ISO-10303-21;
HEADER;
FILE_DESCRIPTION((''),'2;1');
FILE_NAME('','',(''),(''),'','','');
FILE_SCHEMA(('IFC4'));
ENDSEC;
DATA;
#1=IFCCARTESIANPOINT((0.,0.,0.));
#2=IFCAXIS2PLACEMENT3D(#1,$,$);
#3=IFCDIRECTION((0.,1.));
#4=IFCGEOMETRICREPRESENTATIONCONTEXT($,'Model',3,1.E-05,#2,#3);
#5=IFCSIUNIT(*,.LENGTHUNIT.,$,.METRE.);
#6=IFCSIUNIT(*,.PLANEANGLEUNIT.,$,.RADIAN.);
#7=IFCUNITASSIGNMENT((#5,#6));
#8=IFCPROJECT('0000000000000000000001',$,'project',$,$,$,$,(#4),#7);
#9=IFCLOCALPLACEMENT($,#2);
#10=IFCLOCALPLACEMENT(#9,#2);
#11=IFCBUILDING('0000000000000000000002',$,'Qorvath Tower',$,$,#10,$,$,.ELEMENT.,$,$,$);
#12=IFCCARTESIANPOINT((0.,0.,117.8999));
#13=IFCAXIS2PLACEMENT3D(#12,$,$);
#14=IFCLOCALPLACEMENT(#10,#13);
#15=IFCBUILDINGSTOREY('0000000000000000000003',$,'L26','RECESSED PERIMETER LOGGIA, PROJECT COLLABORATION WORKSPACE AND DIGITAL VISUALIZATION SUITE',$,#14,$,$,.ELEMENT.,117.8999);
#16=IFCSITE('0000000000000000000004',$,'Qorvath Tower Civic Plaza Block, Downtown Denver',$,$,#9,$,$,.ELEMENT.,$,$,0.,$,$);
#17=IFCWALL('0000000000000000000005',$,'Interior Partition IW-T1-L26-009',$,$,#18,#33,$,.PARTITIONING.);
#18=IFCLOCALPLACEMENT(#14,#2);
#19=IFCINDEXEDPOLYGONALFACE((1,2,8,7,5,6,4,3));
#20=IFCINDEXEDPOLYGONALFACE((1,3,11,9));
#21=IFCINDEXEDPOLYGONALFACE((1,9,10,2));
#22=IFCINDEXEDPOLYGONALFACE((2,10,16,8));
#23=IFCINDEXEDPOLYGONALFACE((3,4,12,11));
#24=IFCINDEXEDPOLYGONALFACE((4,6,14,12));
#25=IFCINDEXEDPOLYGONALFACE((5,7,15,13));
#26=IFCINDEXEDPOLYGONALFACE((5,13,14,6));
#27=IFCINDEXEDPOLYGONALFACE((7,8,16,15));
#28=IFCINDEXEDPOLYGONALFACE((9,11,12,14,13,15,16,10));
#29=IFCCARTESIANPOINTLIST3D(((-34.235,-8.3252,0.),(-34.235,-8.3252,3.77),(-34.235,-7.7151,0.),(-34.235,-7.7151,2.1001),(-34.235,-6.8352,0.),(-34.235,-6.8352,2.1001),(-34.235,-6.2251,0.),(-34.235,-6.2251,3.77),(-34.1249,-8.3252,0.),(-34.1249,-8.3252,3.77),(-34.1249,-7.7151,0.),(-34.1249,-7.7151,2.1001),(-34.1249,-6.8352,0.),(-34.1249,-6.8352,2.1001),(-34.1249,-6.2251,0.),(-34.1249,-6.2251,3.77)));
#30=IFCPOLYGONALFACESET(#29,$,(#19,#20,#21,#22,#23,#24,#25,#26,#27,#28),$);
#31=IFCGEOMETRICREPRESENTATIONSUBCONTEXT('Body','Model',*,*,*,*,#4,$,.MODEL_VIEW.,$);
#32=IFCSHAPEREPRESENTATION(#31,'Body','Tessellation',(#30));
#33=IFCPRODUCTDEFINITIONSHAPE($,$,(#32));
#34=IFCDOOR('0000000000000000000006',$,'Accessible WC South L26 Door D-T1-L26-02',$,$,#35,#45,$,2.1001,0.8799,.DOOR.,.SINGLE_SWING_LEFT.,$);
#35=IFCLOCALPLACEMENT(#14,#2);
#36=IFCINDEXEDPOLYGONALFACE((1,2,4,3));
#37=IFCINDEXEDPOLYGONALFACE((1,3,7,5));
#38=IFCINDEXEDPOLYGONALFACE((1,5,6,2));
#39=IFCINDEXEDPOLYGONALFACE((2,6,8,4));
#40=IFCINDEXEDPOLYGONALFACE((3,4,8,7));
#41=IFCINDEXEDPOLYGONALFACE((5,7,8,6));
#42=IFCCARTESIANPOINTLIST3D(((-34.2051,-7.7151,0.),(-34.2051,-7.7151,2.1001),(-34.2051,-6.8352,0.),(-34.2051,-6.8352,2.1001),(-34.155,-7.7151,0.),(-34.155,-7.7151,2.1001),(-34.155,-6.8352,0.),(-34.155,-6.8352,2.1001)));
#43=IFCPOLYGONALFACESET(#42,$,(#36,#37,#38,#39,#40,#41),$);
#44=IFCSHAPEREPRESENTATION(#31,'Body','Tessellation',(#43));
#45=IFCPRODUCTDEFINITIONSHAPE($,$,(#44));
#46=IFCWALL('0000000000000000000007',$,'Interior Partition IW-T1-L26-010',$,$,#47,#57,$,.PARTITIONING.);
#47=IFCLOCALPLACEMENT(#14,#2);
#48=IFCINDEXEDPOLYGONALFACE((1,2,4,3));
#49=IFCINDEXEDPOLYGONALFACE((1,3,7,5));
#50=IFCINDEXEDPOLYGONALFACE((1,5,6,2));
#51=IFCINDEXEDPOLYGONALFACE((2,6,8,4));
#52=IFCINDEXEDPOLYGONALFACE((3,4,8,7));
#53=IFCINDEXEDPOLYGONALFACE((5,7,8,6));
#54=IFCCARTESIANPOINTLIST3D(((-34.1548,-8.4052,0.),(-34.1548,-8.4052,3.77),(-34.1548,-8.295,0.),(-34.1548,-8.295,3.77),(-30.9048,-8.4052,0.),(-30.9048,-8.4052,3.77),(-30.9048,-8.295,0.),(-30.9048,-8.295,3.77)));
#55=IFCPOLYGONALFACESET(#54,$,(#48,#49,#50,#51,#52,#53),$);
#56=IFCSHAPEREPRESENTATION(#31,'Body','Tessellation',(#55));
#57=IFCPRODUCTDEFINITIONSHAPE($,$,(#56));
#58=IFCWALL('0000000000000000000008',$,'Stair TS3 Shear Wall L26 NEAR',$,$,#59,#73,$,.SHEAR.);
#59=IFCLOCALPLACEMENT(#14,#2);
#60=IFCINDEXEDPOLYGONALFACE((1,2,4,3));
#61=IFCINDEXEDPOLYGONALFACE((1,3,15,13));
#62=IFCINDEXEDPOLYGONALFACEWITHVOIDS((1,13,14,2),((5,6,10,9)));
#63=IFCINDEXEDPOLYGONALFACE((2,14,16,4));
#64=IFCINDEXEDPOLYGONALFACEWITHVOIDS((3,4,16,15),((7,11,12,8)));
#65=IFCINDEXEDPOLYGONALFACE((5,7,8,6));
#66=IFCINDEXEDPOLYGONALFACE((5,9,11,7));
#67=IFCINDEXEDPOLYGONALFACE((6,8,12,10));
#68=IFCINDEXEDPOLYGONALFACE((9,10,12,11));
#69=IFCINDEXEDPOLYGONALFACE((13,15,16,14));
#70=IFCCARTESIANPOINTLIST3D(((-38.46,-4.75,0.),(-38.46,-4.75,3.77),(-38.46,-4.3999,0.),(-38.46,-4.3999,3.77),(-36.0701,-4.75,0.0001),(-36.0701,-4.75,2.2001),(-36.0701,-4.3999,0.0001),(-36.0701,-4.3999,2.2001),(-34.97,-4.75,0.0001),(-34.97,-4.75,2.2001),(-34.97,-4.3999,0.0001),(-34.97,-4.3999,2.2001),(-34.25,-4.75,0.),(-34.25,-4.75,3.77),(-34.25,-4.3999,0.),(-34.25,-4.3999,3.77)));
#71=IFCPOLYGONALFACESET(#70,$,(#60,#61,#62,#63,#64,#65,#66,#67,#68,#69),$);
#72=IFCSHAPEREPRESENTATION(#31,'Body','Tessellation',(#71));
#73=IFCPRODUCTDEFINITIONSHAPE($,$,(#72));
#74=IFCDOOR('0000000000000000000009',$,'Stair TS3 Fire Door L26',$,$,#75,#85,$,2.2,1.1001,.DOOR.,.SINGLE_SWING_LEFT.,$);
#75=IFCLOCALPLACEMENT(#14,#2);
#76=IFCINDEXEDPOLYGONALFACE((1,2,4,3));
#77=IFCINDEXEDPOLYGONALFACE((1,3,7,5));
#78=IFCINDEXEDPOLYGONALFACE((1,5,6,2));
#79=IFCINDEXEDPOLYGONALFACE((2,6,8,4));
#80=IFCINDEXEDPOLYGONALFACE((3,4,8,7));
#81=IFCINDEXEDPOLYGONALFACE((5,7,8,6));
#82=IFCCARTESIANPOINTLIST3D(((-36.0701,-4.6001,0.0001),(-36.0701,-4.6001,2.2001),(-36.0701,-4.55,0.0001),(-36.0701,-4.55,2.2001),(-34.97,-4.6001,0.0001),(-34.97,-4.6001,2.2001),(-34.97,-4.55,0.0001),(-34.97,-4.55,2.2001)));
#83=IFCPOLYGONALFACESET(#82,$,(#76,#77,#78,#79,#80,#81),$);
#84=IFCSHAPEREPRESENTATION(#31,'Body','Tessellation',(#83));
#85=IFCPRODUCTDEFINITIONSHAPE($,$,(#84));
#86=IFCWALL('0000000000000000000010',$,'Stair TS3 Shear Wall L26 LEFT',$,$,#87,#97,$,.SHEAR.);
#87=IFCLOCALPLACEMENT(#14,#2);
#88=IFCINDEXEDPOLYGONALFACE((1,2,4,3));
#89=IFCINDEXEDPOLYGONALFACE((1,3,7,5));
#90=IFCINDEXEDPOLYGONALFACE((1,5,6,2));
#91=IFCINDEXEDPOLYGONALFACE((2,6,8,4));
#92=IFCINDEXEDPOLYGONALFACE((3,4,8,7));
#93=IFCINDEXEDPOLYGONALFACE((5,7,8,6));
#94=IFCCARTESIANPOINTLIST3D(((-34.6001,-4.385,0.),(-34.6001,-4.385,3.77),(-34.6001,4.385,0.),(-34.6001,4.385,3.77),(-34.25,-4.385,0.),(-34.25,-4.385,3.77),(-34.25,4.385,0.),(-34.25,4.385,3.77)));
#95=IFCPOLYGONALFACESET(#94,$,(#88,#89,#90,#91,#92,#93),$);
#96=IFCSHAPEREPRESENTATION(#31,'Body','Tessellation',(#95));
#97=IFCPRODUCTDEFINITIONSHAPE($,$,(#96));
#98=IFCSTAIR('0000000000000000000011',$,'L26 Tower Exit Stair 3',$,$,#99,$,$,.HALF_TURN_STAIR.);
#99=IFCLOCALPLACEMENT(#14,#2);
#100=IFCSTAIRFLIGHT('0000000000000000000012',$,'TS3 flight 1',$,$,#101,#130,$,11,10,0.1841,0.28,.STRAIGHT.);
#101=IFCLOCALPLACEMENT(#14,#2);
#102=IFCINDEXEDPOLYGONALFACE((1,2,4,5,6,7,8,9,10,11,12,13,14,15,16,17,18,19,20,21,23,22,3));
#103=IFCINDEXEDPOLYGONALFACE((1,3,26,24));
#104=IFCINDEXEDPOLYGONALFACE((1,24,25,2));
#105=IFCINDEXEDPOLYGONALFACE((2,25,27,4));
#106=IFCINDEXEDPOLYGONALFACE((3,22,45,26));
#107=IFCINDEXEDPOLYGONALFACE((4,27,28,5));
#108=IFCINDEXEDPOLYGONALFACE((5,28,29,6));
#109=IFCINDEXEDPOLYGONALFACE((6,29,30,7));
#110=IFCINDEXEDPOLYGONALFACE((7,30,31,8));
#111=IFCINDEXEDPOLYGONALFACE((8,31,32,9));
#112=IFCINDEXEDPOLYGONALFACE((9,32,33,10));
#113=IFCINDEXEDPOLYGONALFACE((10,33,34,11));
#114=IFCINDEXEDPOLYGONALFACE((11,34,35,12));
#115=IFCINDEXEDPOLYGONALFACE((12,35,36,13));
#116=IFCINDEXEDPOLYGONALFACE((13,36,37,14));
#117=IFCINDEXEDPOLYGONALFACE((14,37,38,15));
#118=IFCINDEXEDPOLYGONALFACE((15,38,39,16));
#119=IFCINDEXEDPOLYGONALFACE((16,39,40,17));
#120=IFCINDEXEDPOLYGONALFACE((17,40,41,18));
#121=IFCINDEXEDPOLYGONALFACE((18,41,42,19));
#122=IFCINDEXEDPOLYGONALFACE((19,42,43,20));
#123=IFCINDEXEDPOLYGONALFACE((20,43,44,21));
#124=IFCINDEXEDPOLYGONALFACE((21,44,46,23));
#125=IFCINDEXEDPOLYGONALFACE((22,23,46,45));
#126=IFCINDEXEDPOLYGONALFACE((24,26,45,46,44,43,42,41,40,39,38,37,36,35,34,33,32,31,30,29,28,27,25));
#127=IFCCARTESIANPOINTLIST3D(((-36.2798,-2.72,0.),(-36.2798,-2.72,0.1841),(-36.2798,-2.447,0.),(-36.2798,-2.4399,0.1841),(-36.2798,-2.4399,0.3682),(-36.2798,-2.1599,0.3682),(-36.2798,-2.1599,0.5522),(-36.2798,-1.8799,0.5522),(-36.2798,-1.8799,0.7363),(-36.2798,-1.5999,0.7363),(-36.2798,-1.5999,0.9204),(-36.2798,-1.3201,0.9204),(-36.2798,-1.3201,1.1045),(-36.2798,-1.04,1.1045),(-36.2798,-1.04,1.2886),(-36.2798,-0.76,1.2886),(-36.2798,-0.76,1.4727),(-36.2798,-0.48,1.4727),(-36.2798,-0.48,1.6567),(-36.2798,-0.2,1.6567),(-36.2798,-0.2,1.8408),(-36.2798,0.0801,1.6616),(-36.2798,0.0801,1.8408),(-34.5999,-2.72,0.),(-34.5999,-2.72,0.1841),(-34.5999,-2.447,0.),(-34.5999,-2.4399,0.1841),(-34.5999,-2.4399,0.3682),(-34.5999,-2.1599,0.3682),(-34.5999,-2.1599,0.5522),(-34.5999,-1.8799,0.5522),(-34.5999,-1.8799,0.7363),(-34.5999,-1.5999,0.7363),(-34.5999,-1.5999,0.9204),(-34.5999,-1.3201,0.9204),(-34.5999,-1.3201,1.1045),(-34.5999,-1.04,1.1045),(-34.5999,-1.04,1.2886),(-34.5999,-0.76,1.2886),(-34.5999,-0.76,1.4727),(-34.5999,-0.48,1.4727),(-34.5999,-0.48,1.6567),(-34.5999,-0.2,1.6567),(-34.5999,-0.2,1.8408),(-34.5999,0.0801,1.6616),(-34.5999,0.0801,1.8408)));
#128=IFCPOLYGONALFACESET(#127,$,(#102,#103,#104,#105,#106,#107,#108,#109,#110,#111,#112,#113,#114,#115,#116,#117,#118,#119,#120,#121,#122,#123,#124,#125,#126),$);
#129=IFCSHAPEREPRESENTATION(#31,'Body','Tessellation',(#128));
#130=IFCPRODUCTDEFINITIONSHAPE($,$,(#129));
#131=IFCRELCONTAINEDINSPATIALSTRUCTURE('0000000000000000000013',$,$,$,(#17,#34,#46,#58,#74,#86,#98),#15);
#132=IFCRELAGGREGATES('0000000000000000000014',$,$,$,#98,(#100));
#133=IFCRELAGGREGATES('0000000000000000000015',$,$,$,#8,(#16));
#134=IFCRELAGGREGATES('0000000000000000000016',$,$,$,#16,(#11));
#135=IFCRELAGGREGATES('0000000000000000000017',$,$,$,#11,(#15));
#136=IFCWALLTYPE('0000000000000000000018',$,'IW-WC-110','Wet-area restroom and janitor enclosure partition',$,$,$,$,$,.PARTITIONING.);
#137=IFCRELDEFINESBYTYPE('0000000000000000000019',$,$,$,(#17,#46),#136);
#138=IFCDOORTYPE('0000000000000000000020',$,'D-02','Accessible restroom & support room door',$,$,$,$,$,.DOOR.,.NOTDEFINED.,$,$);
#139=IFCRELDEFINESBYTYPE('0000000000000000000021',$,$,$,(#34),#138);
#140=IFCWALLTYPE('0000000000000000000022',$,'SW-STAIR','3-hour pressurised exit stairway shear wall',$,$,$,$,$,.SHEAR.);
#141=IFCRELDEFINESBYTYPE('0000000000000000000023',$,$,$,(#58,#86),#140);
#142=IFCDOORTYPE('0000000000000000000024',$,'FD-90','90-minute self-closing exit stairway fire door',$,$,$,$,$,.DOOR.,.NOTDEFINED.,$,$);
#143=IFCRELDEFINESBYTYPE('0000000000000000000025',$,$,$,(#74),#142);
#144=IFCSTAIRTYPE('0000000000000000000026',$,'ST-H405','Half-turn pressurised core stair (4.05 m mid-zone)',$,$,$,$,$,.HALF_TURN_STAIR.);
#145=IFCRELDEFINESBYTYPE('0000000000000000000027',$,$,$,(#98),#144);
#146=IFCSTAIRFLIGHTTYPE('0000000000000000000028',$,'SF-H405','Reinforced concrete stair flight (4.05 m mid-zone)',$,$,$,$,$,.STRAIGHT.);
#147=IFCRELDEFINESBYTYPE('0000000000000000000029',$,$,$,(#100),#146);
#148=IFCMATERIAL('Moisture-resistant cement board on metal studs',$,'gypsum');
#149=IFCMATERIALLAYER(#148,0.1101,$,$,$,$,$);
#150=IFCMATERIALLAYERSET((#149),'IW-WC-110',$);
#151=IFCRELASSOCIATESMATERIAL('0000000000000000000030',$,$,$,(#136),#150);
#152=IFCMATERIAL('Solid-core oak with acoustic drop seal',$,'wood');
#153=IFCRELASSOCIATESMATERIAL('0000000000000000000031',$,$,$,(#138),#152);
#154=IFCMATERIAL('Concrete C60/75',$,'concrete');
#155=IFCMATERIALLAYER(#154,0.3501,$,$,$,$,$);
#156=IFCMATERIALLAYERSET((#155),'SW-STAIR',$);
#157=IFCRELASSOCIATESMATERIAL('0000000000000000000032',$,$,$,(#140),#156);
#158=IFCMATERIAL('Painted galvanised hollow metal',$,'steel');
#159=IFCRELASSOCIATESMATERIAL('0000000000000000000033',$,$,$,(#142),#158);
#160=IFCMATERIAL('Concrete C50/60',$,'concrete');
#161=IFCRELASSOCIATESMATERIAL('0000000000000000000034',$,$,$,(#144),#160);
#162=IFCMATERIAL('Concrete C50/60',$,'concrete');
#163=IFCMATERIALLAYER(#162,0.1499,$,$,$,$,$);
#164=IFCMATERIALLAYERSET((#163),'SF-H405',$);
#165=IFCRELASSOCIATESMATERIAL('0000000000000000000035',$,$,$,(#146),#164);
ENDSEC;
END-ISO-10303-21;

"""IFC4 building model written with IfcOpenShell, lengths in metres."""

from ifc_helpers import new_model, si_unit, direction, frame, frame_2d, origin, place, context, subcontext, project, spatial, polyline, rectangle, outline, extrude, material, layer, layer_set, type_object, element, fill, aggregate, save


model = new_model("IFC4")

# Units and contexts
model_context = context("Model", 3, precision=1e-05, world=origin(), true_north=direction((0.0, 1.0)))
body_context = subcontext(model_context, "Body", "Model", "MODEL_VIEW")
ifc_project = project(units=[si_unit("LENGTHUNIT", "METRE"), si_unit("PLANEANGLEUNIT", "RADIAN")], contexts=[model_context])

# Site, building, storey
site_placement = place(None, origin())
site = spatial("IfcSite", under=ifc_project, at=site_placement, Name="Qorvath Tower Civic Plaza Block, Downtown Denver", CompositionType="ELEMENT", RefElevation=0.0)
building_placement = place(site_placement, origin())
building = spatial("IfcBuilding", under=site, at=building_placement, Name="Qorvath Tower", CompositionType="ELEMENT")
storey_placement = place(building_placement, frame((0.0, 0.0, 117.8999)))
storey = spatial("IfcBuildingStorey", under=building, at=storey_placement, Name="L26", Description="RECESSED PERIMETER LOGGIA, PROJECT COLLABORATION WORKSPACE AND DIGITAL VISUALIZATION SUITE", CompositionType="ELEMENT", Elevation=117.8999)

# Wall, opening, door
ifc_material_1 = material(Name="Moisture-resistant cement board on metal studs", Category="gypsum")
ifc_layer_1 = layer(ifc_material_1, 0.1101)
ifc_layer_set_1 = layer_set([ifc_layer_1], Name="IW-WC-110")
wall_type_1 = type_object("IfcWallType", Name="IW-WC-110", Description="Wet-area restroom and janitor enclosure partition", PredefinedType="PARTITIONING", material=ifc_layer_set_1)
wall_1_placement = place(storey_placement, frame((-34.1799, -6.2251, 0.0), z_axis=(0.0, 0.0, 1.0), x_axis=(0.0, -1.0, 0.0)))
wall_1 = element("IfcWall", 1, at=wall_1_placement, inside=storey, type_object=wall_type_1, Name="Interior Partition IW-T1-L26-009", PredefinedType="PARTITIONING", context=body_context, shape_type="SweptSolid", body=[
    extrude(rectangle(XDim=2.1001, YDim=0.1101, at=frame_2d((1.05, 0.0))), origin(), (0.0, 0.0, 1.0), 3.77),
])
opening_1_placement = place(wall_1_placement, frame((0.6101, 0.0, 0.0)))
opening_1 = element("IfcOpeningElement", 2, at=opening_1_placement, cuts=wall_1, PredefinedType="OPENING", context=body_context, shape_type="SweptSolid", body=[
    extrude(rectangle(XDim=0.8799, YDim=2.1001, at=frame_2d((0.4399, 1.05))), frame((0.0, 0.0649, 0.0), z_axis=(0.0, -1.0, 0.0), x_axis=(1.0, 0.0, 0.0)), (0.0, 0.0, 1.0), 0.1301),
])
ifc_material_2 = material(Name="Solid-core oak with acoustic drop seal", Category="wood")
door_type_1 = type_object("IfcDoorType", Name="D-02", Description="Accessible restroom & support room door", OperationType="NOTDEFINED", PredefinedType="DOOR", material=ifc_material_2)
door_1_placement = place(opening_1_placement, origin())
door_1 = element("IfcDoor", 3, at=door_1_placement, inside=storey, type_object=door_type_1, Name="Accessible WC South L26 Door D-T1-L26-02", OperationType="SINGLE_SWING_LEFT", OverallHeight=2.1001, OverallWidth=0.8799, PredefinedType="DOOR", context=body_context, shape_type="SweptSolid", body=[
    extrude(rectangle(XDim=0.8799, YDim=2.1001, at=frame_2d((0.4399, 1.05))), frame((0.0, 0.0249, 0.0), z_axis=(0.0, -1.0, 0.0), x_axis=(1.0, 0.0, 0.0)), (0.0, 0.0, 1.0), 0.05),
])
fill(opening_1, door_1)

# Wall
wall_2_placement = place(storey_placement, frame((-34.1548, -8.3501, 0.0), z_axis=(0.0, 0.0, 1.0), x_axis=(1.0, 0.0, 0.0)))
element("IfcWall", 4, at=wall_2_placement, inside=storey, type_object=wall_type_1, Name="Interior Partition IW-T1-L26-010", PredefinedType="PARTITIONING", context=body_context, shape_type="SweptSolid", body=[
    extrude(rectangle(XDim=3.25, YDim=0.1101, at=frame_2d((1.625, 0.0))), origin(), (0.0, 0.0, 1.0), 3.77),
])

# Wall, opening, door
ifc_material_3 = material(Name="Concrete C60/75", Category="concrete")
ifc_layer_2 = layer(ifc_material_3, 0.3501)
ifc_layer_set_2 = layer_set([ifc_layer_2], Name="SW-STAIR")
wall_type_2 = type_object("IfcWallType", Name="SW-STAIR", Description="3-hour pressurised exit stairway shear wall", PredefinedType="SHEAR", material=ifc_layer_set_2)
wall_3_placement = place(storey_placement, frame((-38.46, -4.575, 0.0), z_axis=(0.0, 0.0, 1.0), x_axis=(1.0, 0.0, 0.0)))
wall_3 = element("IfcWall", 5, at=wall_3_placement, inside=storey, type_object=wall_type_2, Name="Stair TS3 Shear Wall L26 NEAR", PredefinedType="SHEAR", context=body_context, shape_type="SweptSolid", body=[
    extrude(rectangle(XDim=4.21, YDim=0.3501, at=frame_2d((2.105, 0.0))), origin(), (0.0, 0.0, 1.0), 3.77),
])
opening_2_placement = place(wall_3_placement, frame((2.3899, 0.0, 0.0)))
opening_2 = element("IfcOpeningElement", 6, at=opening_2_placement, cuts=wall_3, PredefinedType="OPENING", context=body_context, shape_type="SweptSolid", body=[
    extrude(rectangle(XDim=1.1001, YDim=2.2, at=frame_2d((0.55, 1.1001))), frame((0.0, 0.1851, 0.0), z_axis=(0.0, -1.0, 0.0), x_axis=(1.0, 0.0, 0.0)), (0.0, 0.0, 1.0), 0.3701),
])
ifc_material_4 = material(Name="Painted galvanised hollow metal", Category="steel")
door_type_2 = type_object("IfcDoorType", Name="FD-90", Description="90-minute self-closing exit stairway fire door", OperationType="NOTDEFINED", PredefinedType="DOOR", material=ifc_material_4)
door_2_placement = place(opening_2_placement, origin())
door_2 = element("IfcDoor", 7, at=door_2_placement, inside=storey, type_object=door_type_2, Name="Stair TS3 Fire Door L26", OperationType="SINGLE_SWING_LEFT", OverallHeight=2.2, OverallWidth=1.1001, PredefinedType="DOOR", context=body_context, shape_type="SweptSolid", body=[
    extrude(rectangle(XDim=1.1001, YDim=2.2, at=frame_2d((0.55, 1.1001))), frame((0.0, 0.0249, 0.0), z_axis=(0.0, -1.0, 0.0), x_axis=(1.0, 0.0, 0.0)), (0.0, 0.0, 1.0), 0.05),
])
fill(opening_2, door_2)

# Wall
wall_4_placement = place(storey_placement, frame((-34.425, -4.385, 0.0), z_axis=(0.0, 0.0, 1.0), x_axis=(0.0, 1.0, 0.0)))
element("IfcWall", 8, at=wall_4_placement, inside=storey, type_object=wall_type_2, Name="Stair TS3 Shear Wall L26 LEFT", PredefinedType="SHEAR", context=body_context, shape_type="SweptSolid", body=[
    extrude(rectangle(XDim=8.77, YDim=0.3501, at=frame_2d((4.385, 0.0))), origin(), (0.0, 0.0, 1.0), 3.77),
])

# Stair, stair flight
ifc_material_5 = material(Name="Concrete C50/60", Category="concrete")
stair_type = type_object("IfcStairType", Name="ST-H405", Description="Half-turn pressurised core stair (4.05 m mid-zone)", PredefinedType="HALF_TURN_STAIR", material=ifc_material_5)
stair_placement = place(storey_placement, origin())
stair = element("IfcStair", 9, at=stair_placement, inside=storey, type_object=stair_type, Name="L26 Tower Exit Stair 3", PredefinedType="HALF_TURN_STAIR")
ifc_material_6 = material(Name="Concrete C50/60", Category="concrete")
ifc_layer_3 = layer(ifc_material_6, 0.1499)
ifc_layer_set_3 = layer_set([ifc_layer_3], Name="SF-H405")
stair_flight_type = type_object("IfcStairFlightType", Name="SF-H405", Description="Reinforced concrete stair flight (4.05 m mid-zone)", PredefinedType="STRAIGHT", material=ifc_layer_set_3)
stair_flight_placement = place(storey_placement, frame((-35.4399, -2.72, 0.0), z_axis=(0.0, 0.0, 1.0), x_axis=(0.0, 1.0, 0.0)))
stair_flight = element("IfcStairFlight", 10, at=stair_flight_placement, type_object=stair_flight_type, Name="TS3 flight 1", NumberOfRisers=11, NumberOfTreads=10, PredefinedType="STRAIGHT", RiserHeight=0.1841, TreadLength=0.28, context=body_context, shape_type="SweptSolid", body=[
    extrude(outline(polyline([(0.0, 0.0), (0.0, 0.1841), (0.28, 0.1841), (0.28, 0.3682), (0.5601, 0.3682), (0.5601, 0.5522), (0.8401, 0.5522), (0.8401, 0.7363), (1.1201, 0.7363), (1.1201, 0.9204), (1.3999, 0.9204), (1.3999, 1.1045), (1.6799, 1.1045), (1.6799, 1.2886), (1.96, 1.2886), (1.96, 1.4727), (2.24, 1.4727), (2.24, 1.6567), (2.52, 1.6567), (2.52, 1.8408), (2.8, 1.8408), (2.8, 2.0249), (2.8, 1.6616), (0.2729, 0.0), (0.0, 0.0)])), frame((0.0, 0.8398, 0.0), z_axis=(0.0, -1.0, 0.0), x_axis=(1.0, 0.0, 0.0)), (0.0, 0.0, 1.0), 1.6799),
])
aggregate(stair, [stair_flight])

save(model, "model.ifc")
